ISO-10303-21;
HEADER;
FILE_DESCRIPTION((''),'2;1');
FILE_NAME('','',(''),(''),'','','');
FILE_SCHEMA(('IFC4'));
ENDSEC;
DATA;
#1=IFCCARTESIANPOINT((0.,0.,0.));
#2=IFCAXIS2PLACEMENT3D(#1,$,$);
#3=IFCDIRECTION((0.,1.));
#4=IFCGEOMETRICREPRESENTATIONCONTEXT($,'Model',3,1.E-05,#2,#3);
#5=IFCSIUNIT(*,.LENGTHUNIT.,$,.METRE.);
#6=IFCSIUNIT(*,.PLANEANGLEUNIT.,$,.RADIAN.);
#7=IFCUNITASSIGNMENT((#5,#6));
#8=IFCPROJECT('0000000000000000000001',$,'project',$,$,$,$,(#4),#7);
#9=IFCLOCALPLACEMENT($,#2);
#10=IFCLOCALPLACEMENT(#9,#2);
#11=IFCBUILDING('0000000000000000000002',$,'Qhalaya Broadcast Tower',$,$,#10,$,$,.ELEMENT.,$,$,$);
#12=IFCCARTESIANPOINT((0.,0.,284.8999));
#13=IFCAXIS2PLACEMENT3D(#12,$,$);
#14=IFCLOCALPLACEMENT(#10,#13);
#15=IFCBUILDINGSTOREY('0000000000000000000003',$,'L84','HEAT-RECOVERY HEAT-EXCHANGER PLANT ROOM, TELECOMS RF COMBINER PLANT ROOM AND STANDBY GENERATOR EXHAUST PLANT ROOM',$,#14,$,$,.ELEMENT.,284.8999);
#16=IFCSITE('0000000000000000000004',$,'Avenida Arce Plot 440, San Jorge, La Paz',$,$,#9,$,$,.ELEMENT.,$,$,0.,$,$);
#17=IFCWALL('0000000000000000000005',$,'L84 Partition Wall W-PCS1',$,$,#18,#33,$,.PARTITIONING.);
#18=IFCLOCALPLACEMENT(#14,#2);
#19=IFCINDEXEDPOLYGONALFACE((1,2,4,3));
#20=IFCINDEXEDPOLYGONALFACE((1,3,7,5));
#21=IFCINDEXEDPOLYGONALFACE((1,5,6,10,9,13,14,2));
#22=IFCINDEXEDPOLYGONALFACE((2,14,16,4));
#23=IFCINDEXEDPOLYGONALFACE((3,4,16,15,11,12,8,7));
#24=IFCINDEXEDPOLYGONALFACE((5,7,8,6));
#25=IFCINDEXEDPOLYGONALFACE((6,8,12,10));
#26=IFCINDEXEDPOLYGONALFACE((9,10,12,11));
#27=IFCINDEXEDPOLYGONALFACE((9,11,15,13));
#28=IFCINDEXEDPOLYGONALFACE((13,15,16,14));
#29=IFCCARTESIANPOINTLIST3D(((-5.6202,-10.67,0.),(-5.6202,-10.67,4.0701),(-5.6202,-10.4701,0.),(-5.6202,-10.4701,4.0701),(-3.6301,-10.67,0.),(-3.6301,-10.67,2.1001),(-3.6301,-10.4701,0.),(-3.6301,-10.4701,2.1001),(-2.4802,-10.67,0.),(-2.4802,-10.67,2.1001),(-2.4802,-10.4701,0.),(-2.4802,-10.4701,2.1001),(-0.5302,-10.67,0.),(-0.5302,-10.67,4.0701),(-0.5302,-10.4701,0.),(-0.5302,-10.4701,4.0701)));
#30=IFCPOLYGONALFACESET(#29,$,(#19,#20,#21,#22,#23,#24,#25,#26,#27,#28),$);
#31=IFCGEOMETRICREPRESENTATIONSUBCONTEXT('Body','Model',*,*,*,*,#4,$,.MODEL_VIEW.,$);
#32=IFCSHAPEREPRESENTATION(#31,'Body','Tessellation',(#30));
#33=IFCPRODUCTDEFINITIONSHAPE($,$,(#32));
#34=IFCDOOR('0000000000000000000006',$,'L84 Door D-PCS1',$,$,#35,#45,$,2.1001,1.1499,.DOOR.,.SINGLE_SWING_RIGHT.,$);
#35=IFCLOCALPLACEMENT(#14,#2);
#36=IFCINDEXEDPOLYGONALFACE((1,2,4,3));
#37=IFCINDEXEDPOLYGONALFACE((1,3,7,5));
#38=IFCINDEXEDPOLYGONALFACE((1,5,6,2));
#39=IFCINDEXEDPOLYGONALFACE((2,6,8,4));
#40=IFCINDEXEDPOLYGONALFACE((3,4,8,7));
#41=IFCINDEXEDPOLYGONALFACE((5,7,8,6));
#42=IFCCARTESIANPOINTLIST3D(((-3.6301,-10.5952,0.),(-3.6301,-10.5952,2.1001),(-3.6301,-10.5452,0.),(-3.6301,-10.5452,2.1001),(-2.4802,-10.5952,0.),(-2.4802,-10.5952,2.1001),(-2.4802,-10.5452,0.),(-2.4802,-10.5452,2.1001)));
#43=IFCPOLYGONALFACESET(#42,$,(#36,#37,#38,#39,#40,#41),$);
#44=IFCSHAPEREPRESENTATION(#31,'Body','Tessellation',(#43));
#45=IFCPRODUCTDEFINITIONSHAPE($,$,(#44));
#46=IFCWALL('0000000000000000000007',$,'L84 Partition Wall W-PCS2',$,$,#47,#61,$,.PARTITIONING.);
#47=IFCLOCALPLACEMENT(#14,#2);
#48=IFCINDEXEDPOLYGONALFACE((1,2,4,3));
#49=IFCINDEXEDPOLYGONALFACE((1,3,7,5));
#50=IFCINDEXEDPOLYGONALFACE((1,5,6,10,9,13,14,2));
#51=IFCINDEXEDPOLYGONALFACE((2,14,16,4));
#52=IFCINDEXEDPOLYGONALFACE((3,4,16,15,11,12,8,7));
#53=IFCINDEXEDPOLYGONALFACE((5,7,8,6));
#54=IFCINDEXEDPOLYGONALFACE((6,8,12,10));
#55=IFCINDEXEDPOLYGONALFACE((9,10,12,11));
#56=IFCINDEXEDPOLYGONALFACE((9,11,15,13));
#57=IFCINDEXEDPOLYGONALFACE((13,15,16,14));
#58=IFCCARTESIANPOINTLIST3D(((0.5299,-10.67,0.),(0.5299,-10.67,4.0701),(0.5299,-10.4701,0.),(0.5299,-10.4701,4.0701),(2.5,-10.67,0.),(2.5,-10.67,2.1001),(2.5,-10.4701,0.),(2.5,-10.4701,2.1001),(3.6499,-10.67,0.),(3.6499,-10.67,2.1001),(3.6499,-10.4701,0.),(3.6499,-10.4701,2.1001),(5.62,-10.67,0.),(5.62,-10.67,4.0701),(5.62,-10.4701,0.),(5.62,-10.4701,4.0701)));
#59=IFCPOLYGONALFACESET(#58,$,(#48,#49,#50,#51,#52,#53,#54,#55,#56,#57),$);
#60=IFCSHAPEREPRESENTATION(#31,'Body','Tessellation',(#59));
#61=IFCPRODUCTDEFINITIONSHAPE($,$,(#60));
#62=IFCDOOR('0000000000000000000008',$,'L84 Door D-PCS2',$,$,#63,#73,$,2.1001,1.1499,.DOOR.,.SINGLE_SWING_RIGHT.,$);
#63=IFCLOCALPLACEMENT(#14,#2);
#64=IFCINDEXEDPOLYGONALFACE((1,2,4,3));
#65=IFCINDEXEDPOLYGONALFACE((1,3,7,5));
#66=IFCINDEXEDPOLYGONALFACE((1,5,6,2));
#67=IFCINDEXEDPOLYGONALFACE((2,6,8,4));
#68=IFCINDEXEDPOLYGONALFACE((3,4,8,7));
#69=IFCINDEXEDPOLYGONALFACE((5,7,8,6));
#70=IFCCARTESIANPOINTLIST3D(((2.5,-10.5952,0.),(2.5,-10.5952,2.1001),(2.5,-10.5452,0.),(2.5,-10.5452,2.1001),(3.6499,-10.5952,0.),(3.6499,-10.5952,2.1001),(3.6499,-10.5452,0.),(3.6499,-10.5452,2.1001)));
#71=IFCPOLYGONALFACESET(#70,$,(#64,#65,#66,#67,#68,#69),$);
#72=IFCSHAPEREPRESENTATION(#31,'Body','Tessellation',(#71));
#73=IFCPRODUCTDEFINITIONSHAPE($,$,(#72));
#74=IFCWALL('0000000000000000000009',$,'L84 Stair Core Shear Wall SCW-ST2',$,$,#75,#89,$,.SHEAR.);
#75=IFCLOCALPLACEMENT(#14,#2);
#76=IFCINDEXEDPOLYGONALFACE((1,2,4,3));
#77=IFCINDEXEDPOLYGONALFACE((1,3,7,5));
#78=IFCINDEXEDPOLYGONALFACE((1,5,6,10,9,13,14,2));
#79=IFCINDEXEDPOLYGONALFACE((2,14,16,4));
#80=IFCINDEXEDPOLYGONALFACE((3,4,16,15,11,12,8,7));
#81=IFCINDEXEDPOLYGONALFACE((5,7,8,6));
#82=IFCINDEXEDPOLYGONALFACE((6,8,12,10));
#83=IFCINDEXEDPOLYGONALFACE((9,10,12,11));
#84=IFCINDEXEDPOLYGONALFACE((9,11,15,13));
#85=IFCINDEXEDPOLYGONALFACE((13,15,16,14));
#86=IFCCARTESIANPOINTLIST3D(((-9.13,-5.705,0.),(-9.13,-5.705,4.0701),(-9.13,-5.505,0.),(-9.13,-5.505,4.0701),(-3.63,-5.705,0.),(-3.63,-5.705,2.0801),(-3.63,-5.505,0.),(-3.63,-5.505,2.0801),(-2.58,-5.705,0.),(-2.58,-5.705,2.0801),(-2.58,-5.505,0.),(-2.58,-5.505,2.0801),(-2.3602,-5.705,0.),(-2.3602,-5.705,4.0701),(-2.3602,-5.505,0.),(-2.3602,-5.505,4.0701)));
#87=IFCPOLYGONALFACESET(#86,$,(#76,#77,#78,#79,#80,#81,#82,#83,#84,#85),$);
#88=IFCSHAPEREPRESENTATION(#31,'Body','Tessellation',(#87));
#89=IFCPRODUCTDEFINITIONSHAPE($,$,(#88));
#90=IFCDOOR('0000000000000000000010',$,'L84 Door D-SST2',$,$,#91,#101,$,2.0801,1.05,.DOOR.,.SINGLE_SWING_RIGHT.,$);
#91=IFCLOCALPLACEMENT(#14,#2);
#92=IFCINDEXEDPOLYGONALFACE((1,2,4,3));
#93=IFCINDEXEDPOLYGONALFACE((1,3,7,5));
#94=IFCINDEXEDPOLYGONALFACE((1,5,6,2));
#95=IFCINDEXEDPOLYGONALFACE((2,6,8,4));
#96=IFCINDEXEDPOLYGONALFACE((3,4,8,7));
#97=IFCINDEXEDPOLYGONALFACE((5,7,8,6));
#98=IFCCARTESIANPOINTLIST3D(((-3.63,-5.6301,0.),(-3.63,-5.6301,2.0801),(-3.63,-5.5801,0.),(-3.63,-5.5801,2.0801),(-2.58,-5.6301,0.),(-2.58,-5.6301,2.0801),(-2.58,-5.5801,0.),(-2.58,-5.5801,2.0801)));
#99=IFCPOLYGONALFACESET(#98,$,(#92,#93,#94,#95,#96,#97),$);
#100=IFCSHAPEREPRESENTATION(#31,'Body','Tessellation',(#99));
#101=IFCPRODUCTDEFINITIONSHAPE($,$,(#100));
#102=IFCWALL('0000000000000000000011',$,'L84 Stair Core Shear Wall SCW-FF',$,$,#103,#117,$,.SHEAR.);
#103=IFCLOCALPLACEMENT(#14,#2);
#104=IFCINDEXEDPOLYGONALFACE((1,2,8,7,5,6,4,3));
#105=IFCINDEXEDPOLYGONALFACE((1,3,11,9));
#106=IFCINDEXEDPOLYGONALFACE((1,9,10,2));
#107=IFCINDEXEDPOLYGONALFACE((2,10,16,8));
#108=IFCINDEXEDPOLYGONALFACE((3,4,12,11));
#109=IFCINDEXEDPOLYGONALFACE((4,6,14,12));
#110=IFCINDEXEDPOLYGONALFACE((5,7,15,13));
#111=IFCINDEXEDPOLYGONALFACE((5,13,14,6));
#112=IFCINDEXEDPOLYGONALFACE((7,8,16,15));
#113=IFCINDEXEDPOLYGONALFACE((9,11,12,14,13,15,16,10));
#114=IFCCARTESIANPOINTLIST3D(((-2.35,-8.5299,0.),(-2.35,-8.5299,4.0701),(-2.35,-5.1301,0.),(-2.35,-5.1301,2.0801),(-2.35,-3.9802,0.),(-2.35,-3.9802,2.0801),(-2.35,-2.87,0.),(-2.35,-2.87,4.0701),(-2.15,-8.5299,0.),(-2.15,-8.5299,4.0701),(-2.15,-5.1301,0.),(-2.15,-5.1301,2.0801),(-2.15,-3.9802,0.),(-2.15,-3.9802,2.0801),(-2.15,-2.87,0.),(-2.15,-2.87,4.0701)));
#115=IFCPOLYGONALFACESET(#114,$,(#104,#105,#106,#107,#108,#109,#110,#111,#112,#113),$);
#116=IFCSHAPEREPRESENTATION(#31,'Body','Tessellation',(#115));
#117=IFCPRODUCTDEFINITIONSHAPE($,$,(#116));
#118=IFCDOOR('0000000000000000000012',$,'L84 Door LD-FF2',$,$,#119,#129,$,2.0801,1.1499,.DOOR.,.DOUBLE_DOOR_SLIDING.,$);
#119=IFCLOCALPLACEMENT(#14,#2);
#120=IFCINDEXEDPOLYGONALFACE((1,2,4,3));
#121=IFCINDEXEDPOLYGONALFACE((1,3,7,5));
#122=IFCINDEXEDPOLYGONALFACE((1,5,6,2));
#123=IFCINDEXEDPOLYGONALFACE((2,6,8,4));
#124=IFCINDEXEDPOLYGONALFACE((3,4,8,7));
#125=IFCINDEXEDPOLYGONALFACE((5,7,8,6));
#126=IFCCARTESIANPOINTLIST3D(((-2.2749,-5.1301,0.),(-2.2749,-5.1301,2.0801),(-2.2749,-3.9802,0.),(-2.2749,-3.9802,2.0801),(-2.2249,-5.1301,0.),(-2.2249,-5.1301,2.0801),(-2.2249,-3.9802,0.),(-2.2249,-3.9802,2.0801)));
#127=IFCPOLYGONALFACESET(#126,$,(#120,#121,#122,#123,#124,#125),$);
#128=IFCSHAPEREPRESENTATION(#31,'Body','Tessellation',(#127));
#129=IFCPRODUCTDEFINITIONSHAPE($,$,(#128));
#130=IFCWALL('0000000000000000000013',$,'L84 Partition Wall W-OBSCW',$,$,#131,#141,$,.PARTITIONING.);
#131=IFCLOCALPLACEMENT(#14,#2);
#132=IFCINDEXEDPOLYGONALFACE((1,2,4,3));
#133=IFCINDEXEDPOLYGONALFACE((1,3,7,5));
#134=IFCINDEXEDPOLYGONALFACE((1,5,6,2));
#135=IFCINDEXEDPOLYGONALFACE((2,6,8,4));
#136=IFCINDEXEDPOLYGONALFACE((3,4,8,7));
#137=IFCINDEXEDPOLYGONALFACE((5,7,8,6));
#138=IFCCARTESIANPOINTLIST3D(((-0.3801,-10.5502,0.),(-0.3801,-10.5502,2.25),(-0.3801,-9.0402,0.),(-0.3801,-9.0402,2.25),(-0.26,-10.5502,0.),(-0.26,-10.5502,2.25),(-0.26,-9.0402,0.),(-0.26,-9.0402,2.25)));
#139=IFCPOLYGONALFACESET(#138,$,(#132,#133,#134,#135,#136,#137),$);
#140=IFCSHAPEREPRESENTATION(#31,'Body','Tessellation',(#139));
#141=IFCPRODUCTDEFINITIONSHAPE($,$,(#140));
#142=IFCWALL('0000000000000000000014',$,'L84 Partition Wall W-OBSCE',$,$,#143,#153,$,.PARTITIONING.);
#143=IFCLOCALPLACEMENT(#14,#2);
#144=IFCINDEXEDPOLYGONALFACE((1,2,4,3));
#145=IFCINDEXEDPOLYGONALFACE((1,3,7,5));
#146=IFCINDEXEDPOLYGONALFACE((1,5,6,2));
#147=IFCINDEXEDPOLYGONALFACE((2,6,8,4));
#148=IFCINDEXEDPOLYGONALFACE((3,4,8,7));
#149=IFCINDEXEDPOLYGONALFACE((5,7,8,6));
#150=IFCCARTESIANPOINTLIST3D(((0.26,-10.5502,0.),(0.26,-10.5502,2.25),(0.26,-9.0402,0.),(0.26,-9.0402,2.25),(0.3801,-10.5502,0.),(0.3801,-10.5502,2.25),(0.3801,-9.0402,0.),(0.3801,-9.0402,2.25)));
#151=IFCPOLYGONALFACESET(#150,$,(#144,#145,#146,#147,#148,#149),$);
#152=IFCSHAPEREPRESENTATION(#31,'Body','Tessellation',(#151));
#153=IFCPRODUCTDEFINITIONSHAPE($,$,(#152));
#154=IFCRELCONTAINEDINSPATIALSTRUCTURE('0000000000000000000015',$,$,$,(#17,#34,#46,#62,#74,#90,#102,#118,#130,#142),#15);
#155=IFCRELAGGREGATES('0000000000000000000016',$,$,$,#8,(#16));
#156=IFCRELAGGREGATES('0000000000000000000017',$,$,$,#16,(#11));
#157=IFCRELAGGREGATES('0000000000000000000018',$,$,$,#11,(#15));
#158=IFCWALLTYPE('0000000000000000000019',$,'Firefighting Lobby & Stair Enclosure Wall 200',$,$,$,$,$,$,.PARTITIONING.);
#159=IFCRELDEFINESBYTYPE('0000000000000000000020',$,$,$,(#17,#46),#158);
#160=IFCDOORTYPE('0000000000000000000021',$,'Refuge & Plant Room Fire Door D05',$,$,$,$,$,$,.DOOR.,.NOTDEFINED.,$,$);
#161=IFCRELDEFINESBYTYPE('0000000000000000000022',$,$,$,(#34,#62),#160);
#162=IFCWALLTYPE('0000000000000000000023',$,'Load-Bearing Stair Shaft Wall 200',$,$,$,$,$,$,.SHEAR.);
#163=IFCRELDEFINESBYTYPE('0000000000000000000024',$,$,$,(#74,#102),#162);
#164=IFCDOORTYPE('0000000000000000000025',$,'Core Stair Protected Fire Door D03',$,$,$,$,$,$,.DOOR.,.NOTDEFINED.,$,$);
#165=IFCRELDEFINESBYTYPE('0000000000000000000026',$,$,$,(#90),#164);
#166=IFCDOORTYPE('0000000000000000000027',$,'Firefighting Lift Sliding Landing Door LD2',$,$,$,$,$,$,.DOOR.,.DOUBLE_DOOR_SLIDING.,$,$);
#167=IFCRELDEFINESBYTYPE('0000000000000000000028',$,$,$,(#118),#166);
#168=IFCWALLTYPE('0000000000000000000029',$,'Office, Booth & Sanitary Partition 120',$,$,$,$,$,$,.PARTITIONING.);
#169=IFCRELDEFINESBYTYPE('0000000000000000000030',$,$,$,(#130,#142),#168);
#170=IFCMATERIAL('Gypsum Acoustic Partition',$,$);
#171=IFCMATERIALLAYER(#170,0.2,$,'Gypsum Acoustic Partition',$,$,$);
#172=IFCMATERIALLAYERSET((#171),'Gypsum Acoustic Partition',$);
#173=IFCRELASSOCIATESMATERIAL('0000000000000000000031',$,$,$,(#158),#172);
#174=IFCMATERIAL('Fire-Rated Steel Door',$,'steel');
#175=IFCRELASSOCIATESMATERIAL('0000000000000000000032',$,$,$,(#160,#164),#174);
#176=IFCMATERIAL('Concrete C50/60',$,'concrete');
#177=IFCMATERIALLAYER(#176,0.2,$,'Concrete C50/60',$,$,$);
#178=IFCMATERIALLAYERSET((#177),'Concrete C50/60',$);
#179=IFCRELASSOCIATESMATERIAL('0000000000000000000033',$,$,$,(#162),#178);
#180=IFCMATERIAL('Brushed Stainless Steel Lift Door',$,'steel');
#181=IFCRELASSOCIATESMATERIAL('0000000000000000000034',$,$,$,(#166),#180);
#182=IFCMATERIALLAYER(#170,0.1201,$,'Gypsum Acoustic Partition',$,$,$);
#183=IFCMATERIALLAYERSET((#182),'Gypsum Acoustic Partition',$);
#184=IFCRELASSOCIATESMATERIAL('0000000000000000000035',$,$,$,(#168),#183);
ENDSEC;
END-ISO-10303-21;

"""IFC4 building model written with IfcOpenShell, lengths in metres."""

from ifc_helpers import new_model, si_unit, direction, frame, frame_2d, origin, place, context, subcontext, project, spatial, rectangle, extrude, material, layer, layer_set, type_object, element, fill, save


model = new_model("IFC4")

# Units and contexts
model_context = context("Model", 3, precision=1e-05, world=origin(), true_north=direction((0.0, 1.0)))
body_context = subcontext(model_context, "Body", "Model", "MODEL_VIEW")
ifc_project = project(units=[si_unit("LENGTHUNIT", "METRE"), si_unit("PLANEANGLEUNIT", "RADIAN")], contexts=[model_context])

# Site, building, storey
site_placement = place(None, origin())
site = spatial("IfcSite", under=ifc_project, at=site_placement, Name="Avenida Arce Plot 440, San Jorge, La Paz", CompositionType="ELEMENT", RefElevation=0.0)
building_placement = place(site_placement, origin())
building = spatial("IfcBuilding", under=site, at=building_placement, Name="Qhalaya Broadcast Tower", CompositionType="ELEMENT")
storey_placement = place(building_placement, frame((0.0, 0.0, 284.8999)))
storey = spatial("IfcBuildingStorey", under=building, at=storey_placement, Name="L84", Description="HEAT-RECOVERY HEAT-EXCHANGER PLANT ROOM, TELECOMS RF COMBINER PLANT ROOM AND STANDBY GENERATOR EXHAUST PLANT ROOM", CompositionType="ELEMENT", Elevation=284.8999)

# Shared definitions
ifc_material_1 = material(Name="Concrete C50/60", Category="concrete")

# Walls, openings, doors
ifc_material_2 = material(Name="Gypsum Acoustic Partition")
ifc_layer_1 = layer(ifc_material_2, 0.2, Name="Gypsum Acoustic Partition")
ifc_layer_set_1 = layer_set([ifc_layer_1], Name="Gypsum Acoustic Partition")
wall_type_1 = type_object("IfcWallType", Name="Firefighting Lobby & Stair Enclosure Wall 200", PredefinedType="PARTITIONING", material=ifc_layer_set_1)
wall_1_placement = place(storey_placement, frame((-5.6201, -10.5701, 0.0), z_axis=(0.0, 0.0, 1.0), x_axis=(1.0, 0.0, 0.0)))
wall_1 = element("IfcWall", 1, at=wall_1_placement, inside=storey, type_object=wall_type_1, Name="L84 Partition Wall W-PCS1", PredefinedType="PARTITIONING", context=body_context, shape_type="SweptSolid", body=[
    extrude(rectangle(XDim=5.0901, YDim=0.2, at=frame_2d((2.5449, 0.0))), origin(), (0.0, 0.0, 1.0), 4.0701),
])
opening_1_placement = place(wall_1_placement, frame((1.99, 0.0, 0.0)))
opening_1 = element("IfcOpeningElement", 2, at=opening_1_placement, cuts=wall_1, PredefinedType="OPENING", context=body_context, shape_type="SweptSolid", body=[
    extrude(rectangle(XDim=1.1499, YDim=2.1001, at=frame_2d((0.575, 1.05))), frame((0.0, 0.1121, 0.0), z_axis=(0.0, -1.0, 0.0), x_axis=(1.0, 0.0, 0.0)), (0.0, 0.0, 1.0), 0.2239),
])
ifc_material_3 = material(Name="Fire-Rated Steel Door", Category="steel")
door_type_1 = type_object("IfcDoorType", Name="Refuge & Plant Room Fire Door D05", OperationType="NOTDEFINED", PredefinedType="DOOR", material=ifc_material_3)
door_1_placement = place(opening_1_placement, origin())
door_1 = element("IfcDoor", 3, at=door_1_placement, inside=storey, type_object=door_type_1, Name="L84 Door D-PCS1", OperationType="SINGLE_SWING_RIGHT", OverallHeight=2.1001, OverallWidth=1.1499, PredefinedType="DOOR", context=body_context, shape_type="SweptSolid", body=[
    extrude(rectangle(XDim=1.1499, YDim=2.1001, at=frame_2d((0.575, 1.05))), frame((0.0, 0.0249, 0.0), z_axis=(0.0, -1.0, 0.0), x_axis=(1.0, 0.0, 0.0)), (0.0, 0.0, 1.0), 0.05),
])
fill(opening_1, door_1)
wall_2_placement = place(storey_placement, frame((0.53, -10.5701, 0.0), z_axis=(0.0, 0.0, 1.0), x_axis=(1.0, 0.0, 0.0)))
wall_2 = element("IfcWall", 4, at=wall_2_placement, inside=storey, type_object=wall_type_1, Name="L84 Partition Wall W-PCS2", PredefinedType="PARTITIONING", context=body_context, shape_type="SweptSolid", body=[
    extrude(rectangle(XDim=5.0901, YDim=0.2, at=frame_2d((2.5449, 0.0))), origin(), (0.0, 0.0, 1.0), 4.0701),
])
opening_2_placement = place(wall_2_placement, frame((1.97, 0.0, 0.0)))
opening_2 = element("IfcOpeningElement", 5, at=opening_2_placement, cuts=wall_2, PredefinedType="OPENING", context=body_context, shape_type="SweptSolid", body=[
    extrude(rectangle(XDim=1.1499, YDim=2.1001, at=frame_2d((0.575, 1.05))), frame((0.0, 0.1121, 0.0), z_axis=(0.0, -1.0, 0.0), x_axis=(1.0, 0.0, 0.0)), (0.0, 0.0, 1.0), 0.2239),
])
door_2_placement = place(opening_2_placement, origin())
door_2 = element("IfcDoor", 6, at=door_2_placement, inside=storey, type_object=door_type_1, Name="L84 Door D-PCS2", OperationType="SINGLE_SWING_RIGHT", OverallHeight=2.1001, OverallWidth=1.1499, PredefinedType="DOOR", context=body_context, shape_type="SweptSolid", body=[
    extrude(rectangle(XDim=1.1499, YDim=2.1001, at=frame_2d((0.575, 1.05))), frame((0.0, 0.0249, 0.0), z_axis=(0.0, -1.0, 0.0), x_axis=(1.0, 0.0, 0.0)), (0.0, 0.0, 1.0), 0.05),
])
fill(opening_2, door_2)
ifc_layer_2 = layer(ifc_material_1, 0.2, Name="Concrete C50/60")
ifc_layer_set_2 = layer_set([ifc_layer_2], Name="Concrete C50/60")
wall_type_2 = type_object("IfcWallType", Name="Load-Bearing Stair Shaft Wall 200", PredefinedType="SHEAR", material=ifc_layer_set_2)
wall_3_placement = place(storey_placement, frame((-9.1299, -5.605, 0.0), z_axis=(0.0, 0.0, 1.0), x_axis=(1.0, 0.0, 0.0)))
wall_3 = element("IfcWall", 7, at=wall_3_placement, inside=storey, type_object=wall_type_2, Name="L84 Stair Core Shear Wall SCW-ST2", PredefinedType="SHEAR", context=body_context, shape_type="SweptSolid", body=[
    extrude(rectangle(XDim=6.7698, YDim=0.2, at=frame_2d((3.3848, 0.0))), origin(), (0.0, 0.0, 1.0), 4.0701),
])
opening_3_placement = place(wall_3_placement, frame((5.5, 0.0, 0.0)))
opening_3 = element("IfcOpeningElement", 8, at=opening_3_placement, cuts=wall_3, PredefinedType="OPENING", context=body_context, shape_type="SweptSolid", body=[
    extrude(rectangle(XDim=1.05, YDim=2.0801, at=frame_2d((0.5249, 1.04))), frame((0.0, 0.1121, 0.0), z_axis=(0.0, -1.0, 0.0), x_axis=(1.0, 0.0, 0.0)), (0.0, 0.0, 1.0), 0.2239),
])
door_type_2 = type_object("IfcDoorType", Name="Core Stair Protected Fire Door D03", OperationType="NOTDEFINED", PredefinedType="DOOR", material=ifc_material_3)
door_3_placement = place(opening_3_placement, origin())
door_3 = element("IfcDoor", 9, at=door_3_placement, inside=storey, type_object=door_type_2, Name="L84 Door D-SST2", OperationType="SINGLE_SWING_RIGHT", OverallHeight=2.0801, OverallWidth=1.05, PredefinedType="DOOR", context=body_context, shape_type="SweptSolid", body=[
    extrude(rectangle(XDim=1.05, YDim=2.0801, at=frame_2d((0.5249, 1.04))), frame((0.0, 0.0249, 0.0), z_axis=(0.0, -1.0, 0.0), x_axis=(1.0, 0.0, 0.0)), (0.0, 0.0, 1.0), 0.05),
])
fill(opening_3, door_3)
wall_4_placement = place(storey_placement, frame((-2.25, -8.53, 0.0), z_axis=(0.0, 0.0, 1.0), x_axis=(0.0, 1.0, 0.0)))
wall_4 = element("IfcWall", 10, at=wall_4_placement, inside=storey, type_object=wall_type_2, Name="L84 Stair Core Shear Wall SCW-FF", PredefinedType="SHEAR", context=body_context, shape_type="SweptSolid", body=[
    extrude(rectangle(XDim=5.6599, YDim=0.2, at=frame_2d((2.8301, 0.0))), origin(), (0.0, 0.0, 1.0), 4.0701),
])
opening_4_placement = place(wall_4_placement, frame((3.3999, 0.0, 0.0)))
opening_4 = element("IfcOpeningElement", 11, at=opening_4_placement, cuts=wall_4, PredefinedType="OPENING", context=body_context, shape_type="SweptSolid", body=[
    extrude(rectangle(XDim=1.1499, YDim=2.0801, at=frame_2d((0.575, 1.04))), frame((0.0, 0.1121, 0.0), z_axis=(0.0, -1.0, 0.0), x_axis=(1.0, 0.0, 0.0)), (0.0, 0.0, 1.0), 0.2239),
])
ifc_material_4 = material(Name="Brushed Stainless Steel Lift Door", Category="steel")
door_type_3 = type_object("IfcDoorType", Name="Firefighting Lift Sliding Landing Door LD2", OperationType="DOUBLE_DOOR_SLIDING", PredefinedType="DOOR", material=ifc_material_4)
door_4_placement = place(opening_4_placement, origin())
door_4 = element("IfcDoor", 12, at=door_4_placement, inside=storey, type_object=door_type_3, Name="L84 Door LD-FF2", OperationType="DOUBLE_DOOR_SLIDING", OverallHeight=2.0801, OverallWidth=1.1499, PredefinedType="DOOR", context=body_context, shape_type="SweptSolid", body=[
    extrude(rectangle(XDim=1.1499, YDim=2.0801, at=frame_2d((0.575, 1.04))), frame((0.0, 0.0249, 0.0), z_axis=(0.0, -1.0, 0.0), x_axis=(1.0, 0.0, 0.0)), (0.0, 0.0, 1.0), 0.05),
])
fill(opening_4, door_4)

# Walls
ifc_layer_3 = layer(ifc_material_2, 0.1201, Name="Gypsum Acoustic Partition")
ifc_layer_set_3 = layer_set([ifc_layer_3], Name="Gypsum Acoustic Partition")
wall_type_3 = type_object("IfcWallType", Name="Office, Booth & Sanitary Partition 120", PredefinedType="PARTITIONING", material=ifc_layer_set_3)
for number, where, z_axis, x_axis, name in (
    (13, (-0.3201, -10.55, 0.0), (0.0, 0.0, 1.0), (0.0, 1.0, 0.0), "L84 Partition Wall W-OBSCW"),
    (14, (0.3201, -10.55, 0.0), (0.0, 0.0, 1.0), (0.0, 1.0, 0.0), "L84 Partition Wall W-OBSCE"),
):
    element("IfcWall", number, at=place(storey_placement, frame(where, z_axis=z_axis, x_axis=x_axis)), inside=storey, type_object=wall_type_3, Name=name, PredefinedType="PARTITIONING", context=body_context, shape_type="SweptSolid", body=[
        extrude(rectangle(XDim=1.51, YDim=0.1201, at=frame_2d((0.7549, 0.0))), origin(), (0.0, 0.0, 1.0), 2.25),
    ])

save(model, "model.ifc")
